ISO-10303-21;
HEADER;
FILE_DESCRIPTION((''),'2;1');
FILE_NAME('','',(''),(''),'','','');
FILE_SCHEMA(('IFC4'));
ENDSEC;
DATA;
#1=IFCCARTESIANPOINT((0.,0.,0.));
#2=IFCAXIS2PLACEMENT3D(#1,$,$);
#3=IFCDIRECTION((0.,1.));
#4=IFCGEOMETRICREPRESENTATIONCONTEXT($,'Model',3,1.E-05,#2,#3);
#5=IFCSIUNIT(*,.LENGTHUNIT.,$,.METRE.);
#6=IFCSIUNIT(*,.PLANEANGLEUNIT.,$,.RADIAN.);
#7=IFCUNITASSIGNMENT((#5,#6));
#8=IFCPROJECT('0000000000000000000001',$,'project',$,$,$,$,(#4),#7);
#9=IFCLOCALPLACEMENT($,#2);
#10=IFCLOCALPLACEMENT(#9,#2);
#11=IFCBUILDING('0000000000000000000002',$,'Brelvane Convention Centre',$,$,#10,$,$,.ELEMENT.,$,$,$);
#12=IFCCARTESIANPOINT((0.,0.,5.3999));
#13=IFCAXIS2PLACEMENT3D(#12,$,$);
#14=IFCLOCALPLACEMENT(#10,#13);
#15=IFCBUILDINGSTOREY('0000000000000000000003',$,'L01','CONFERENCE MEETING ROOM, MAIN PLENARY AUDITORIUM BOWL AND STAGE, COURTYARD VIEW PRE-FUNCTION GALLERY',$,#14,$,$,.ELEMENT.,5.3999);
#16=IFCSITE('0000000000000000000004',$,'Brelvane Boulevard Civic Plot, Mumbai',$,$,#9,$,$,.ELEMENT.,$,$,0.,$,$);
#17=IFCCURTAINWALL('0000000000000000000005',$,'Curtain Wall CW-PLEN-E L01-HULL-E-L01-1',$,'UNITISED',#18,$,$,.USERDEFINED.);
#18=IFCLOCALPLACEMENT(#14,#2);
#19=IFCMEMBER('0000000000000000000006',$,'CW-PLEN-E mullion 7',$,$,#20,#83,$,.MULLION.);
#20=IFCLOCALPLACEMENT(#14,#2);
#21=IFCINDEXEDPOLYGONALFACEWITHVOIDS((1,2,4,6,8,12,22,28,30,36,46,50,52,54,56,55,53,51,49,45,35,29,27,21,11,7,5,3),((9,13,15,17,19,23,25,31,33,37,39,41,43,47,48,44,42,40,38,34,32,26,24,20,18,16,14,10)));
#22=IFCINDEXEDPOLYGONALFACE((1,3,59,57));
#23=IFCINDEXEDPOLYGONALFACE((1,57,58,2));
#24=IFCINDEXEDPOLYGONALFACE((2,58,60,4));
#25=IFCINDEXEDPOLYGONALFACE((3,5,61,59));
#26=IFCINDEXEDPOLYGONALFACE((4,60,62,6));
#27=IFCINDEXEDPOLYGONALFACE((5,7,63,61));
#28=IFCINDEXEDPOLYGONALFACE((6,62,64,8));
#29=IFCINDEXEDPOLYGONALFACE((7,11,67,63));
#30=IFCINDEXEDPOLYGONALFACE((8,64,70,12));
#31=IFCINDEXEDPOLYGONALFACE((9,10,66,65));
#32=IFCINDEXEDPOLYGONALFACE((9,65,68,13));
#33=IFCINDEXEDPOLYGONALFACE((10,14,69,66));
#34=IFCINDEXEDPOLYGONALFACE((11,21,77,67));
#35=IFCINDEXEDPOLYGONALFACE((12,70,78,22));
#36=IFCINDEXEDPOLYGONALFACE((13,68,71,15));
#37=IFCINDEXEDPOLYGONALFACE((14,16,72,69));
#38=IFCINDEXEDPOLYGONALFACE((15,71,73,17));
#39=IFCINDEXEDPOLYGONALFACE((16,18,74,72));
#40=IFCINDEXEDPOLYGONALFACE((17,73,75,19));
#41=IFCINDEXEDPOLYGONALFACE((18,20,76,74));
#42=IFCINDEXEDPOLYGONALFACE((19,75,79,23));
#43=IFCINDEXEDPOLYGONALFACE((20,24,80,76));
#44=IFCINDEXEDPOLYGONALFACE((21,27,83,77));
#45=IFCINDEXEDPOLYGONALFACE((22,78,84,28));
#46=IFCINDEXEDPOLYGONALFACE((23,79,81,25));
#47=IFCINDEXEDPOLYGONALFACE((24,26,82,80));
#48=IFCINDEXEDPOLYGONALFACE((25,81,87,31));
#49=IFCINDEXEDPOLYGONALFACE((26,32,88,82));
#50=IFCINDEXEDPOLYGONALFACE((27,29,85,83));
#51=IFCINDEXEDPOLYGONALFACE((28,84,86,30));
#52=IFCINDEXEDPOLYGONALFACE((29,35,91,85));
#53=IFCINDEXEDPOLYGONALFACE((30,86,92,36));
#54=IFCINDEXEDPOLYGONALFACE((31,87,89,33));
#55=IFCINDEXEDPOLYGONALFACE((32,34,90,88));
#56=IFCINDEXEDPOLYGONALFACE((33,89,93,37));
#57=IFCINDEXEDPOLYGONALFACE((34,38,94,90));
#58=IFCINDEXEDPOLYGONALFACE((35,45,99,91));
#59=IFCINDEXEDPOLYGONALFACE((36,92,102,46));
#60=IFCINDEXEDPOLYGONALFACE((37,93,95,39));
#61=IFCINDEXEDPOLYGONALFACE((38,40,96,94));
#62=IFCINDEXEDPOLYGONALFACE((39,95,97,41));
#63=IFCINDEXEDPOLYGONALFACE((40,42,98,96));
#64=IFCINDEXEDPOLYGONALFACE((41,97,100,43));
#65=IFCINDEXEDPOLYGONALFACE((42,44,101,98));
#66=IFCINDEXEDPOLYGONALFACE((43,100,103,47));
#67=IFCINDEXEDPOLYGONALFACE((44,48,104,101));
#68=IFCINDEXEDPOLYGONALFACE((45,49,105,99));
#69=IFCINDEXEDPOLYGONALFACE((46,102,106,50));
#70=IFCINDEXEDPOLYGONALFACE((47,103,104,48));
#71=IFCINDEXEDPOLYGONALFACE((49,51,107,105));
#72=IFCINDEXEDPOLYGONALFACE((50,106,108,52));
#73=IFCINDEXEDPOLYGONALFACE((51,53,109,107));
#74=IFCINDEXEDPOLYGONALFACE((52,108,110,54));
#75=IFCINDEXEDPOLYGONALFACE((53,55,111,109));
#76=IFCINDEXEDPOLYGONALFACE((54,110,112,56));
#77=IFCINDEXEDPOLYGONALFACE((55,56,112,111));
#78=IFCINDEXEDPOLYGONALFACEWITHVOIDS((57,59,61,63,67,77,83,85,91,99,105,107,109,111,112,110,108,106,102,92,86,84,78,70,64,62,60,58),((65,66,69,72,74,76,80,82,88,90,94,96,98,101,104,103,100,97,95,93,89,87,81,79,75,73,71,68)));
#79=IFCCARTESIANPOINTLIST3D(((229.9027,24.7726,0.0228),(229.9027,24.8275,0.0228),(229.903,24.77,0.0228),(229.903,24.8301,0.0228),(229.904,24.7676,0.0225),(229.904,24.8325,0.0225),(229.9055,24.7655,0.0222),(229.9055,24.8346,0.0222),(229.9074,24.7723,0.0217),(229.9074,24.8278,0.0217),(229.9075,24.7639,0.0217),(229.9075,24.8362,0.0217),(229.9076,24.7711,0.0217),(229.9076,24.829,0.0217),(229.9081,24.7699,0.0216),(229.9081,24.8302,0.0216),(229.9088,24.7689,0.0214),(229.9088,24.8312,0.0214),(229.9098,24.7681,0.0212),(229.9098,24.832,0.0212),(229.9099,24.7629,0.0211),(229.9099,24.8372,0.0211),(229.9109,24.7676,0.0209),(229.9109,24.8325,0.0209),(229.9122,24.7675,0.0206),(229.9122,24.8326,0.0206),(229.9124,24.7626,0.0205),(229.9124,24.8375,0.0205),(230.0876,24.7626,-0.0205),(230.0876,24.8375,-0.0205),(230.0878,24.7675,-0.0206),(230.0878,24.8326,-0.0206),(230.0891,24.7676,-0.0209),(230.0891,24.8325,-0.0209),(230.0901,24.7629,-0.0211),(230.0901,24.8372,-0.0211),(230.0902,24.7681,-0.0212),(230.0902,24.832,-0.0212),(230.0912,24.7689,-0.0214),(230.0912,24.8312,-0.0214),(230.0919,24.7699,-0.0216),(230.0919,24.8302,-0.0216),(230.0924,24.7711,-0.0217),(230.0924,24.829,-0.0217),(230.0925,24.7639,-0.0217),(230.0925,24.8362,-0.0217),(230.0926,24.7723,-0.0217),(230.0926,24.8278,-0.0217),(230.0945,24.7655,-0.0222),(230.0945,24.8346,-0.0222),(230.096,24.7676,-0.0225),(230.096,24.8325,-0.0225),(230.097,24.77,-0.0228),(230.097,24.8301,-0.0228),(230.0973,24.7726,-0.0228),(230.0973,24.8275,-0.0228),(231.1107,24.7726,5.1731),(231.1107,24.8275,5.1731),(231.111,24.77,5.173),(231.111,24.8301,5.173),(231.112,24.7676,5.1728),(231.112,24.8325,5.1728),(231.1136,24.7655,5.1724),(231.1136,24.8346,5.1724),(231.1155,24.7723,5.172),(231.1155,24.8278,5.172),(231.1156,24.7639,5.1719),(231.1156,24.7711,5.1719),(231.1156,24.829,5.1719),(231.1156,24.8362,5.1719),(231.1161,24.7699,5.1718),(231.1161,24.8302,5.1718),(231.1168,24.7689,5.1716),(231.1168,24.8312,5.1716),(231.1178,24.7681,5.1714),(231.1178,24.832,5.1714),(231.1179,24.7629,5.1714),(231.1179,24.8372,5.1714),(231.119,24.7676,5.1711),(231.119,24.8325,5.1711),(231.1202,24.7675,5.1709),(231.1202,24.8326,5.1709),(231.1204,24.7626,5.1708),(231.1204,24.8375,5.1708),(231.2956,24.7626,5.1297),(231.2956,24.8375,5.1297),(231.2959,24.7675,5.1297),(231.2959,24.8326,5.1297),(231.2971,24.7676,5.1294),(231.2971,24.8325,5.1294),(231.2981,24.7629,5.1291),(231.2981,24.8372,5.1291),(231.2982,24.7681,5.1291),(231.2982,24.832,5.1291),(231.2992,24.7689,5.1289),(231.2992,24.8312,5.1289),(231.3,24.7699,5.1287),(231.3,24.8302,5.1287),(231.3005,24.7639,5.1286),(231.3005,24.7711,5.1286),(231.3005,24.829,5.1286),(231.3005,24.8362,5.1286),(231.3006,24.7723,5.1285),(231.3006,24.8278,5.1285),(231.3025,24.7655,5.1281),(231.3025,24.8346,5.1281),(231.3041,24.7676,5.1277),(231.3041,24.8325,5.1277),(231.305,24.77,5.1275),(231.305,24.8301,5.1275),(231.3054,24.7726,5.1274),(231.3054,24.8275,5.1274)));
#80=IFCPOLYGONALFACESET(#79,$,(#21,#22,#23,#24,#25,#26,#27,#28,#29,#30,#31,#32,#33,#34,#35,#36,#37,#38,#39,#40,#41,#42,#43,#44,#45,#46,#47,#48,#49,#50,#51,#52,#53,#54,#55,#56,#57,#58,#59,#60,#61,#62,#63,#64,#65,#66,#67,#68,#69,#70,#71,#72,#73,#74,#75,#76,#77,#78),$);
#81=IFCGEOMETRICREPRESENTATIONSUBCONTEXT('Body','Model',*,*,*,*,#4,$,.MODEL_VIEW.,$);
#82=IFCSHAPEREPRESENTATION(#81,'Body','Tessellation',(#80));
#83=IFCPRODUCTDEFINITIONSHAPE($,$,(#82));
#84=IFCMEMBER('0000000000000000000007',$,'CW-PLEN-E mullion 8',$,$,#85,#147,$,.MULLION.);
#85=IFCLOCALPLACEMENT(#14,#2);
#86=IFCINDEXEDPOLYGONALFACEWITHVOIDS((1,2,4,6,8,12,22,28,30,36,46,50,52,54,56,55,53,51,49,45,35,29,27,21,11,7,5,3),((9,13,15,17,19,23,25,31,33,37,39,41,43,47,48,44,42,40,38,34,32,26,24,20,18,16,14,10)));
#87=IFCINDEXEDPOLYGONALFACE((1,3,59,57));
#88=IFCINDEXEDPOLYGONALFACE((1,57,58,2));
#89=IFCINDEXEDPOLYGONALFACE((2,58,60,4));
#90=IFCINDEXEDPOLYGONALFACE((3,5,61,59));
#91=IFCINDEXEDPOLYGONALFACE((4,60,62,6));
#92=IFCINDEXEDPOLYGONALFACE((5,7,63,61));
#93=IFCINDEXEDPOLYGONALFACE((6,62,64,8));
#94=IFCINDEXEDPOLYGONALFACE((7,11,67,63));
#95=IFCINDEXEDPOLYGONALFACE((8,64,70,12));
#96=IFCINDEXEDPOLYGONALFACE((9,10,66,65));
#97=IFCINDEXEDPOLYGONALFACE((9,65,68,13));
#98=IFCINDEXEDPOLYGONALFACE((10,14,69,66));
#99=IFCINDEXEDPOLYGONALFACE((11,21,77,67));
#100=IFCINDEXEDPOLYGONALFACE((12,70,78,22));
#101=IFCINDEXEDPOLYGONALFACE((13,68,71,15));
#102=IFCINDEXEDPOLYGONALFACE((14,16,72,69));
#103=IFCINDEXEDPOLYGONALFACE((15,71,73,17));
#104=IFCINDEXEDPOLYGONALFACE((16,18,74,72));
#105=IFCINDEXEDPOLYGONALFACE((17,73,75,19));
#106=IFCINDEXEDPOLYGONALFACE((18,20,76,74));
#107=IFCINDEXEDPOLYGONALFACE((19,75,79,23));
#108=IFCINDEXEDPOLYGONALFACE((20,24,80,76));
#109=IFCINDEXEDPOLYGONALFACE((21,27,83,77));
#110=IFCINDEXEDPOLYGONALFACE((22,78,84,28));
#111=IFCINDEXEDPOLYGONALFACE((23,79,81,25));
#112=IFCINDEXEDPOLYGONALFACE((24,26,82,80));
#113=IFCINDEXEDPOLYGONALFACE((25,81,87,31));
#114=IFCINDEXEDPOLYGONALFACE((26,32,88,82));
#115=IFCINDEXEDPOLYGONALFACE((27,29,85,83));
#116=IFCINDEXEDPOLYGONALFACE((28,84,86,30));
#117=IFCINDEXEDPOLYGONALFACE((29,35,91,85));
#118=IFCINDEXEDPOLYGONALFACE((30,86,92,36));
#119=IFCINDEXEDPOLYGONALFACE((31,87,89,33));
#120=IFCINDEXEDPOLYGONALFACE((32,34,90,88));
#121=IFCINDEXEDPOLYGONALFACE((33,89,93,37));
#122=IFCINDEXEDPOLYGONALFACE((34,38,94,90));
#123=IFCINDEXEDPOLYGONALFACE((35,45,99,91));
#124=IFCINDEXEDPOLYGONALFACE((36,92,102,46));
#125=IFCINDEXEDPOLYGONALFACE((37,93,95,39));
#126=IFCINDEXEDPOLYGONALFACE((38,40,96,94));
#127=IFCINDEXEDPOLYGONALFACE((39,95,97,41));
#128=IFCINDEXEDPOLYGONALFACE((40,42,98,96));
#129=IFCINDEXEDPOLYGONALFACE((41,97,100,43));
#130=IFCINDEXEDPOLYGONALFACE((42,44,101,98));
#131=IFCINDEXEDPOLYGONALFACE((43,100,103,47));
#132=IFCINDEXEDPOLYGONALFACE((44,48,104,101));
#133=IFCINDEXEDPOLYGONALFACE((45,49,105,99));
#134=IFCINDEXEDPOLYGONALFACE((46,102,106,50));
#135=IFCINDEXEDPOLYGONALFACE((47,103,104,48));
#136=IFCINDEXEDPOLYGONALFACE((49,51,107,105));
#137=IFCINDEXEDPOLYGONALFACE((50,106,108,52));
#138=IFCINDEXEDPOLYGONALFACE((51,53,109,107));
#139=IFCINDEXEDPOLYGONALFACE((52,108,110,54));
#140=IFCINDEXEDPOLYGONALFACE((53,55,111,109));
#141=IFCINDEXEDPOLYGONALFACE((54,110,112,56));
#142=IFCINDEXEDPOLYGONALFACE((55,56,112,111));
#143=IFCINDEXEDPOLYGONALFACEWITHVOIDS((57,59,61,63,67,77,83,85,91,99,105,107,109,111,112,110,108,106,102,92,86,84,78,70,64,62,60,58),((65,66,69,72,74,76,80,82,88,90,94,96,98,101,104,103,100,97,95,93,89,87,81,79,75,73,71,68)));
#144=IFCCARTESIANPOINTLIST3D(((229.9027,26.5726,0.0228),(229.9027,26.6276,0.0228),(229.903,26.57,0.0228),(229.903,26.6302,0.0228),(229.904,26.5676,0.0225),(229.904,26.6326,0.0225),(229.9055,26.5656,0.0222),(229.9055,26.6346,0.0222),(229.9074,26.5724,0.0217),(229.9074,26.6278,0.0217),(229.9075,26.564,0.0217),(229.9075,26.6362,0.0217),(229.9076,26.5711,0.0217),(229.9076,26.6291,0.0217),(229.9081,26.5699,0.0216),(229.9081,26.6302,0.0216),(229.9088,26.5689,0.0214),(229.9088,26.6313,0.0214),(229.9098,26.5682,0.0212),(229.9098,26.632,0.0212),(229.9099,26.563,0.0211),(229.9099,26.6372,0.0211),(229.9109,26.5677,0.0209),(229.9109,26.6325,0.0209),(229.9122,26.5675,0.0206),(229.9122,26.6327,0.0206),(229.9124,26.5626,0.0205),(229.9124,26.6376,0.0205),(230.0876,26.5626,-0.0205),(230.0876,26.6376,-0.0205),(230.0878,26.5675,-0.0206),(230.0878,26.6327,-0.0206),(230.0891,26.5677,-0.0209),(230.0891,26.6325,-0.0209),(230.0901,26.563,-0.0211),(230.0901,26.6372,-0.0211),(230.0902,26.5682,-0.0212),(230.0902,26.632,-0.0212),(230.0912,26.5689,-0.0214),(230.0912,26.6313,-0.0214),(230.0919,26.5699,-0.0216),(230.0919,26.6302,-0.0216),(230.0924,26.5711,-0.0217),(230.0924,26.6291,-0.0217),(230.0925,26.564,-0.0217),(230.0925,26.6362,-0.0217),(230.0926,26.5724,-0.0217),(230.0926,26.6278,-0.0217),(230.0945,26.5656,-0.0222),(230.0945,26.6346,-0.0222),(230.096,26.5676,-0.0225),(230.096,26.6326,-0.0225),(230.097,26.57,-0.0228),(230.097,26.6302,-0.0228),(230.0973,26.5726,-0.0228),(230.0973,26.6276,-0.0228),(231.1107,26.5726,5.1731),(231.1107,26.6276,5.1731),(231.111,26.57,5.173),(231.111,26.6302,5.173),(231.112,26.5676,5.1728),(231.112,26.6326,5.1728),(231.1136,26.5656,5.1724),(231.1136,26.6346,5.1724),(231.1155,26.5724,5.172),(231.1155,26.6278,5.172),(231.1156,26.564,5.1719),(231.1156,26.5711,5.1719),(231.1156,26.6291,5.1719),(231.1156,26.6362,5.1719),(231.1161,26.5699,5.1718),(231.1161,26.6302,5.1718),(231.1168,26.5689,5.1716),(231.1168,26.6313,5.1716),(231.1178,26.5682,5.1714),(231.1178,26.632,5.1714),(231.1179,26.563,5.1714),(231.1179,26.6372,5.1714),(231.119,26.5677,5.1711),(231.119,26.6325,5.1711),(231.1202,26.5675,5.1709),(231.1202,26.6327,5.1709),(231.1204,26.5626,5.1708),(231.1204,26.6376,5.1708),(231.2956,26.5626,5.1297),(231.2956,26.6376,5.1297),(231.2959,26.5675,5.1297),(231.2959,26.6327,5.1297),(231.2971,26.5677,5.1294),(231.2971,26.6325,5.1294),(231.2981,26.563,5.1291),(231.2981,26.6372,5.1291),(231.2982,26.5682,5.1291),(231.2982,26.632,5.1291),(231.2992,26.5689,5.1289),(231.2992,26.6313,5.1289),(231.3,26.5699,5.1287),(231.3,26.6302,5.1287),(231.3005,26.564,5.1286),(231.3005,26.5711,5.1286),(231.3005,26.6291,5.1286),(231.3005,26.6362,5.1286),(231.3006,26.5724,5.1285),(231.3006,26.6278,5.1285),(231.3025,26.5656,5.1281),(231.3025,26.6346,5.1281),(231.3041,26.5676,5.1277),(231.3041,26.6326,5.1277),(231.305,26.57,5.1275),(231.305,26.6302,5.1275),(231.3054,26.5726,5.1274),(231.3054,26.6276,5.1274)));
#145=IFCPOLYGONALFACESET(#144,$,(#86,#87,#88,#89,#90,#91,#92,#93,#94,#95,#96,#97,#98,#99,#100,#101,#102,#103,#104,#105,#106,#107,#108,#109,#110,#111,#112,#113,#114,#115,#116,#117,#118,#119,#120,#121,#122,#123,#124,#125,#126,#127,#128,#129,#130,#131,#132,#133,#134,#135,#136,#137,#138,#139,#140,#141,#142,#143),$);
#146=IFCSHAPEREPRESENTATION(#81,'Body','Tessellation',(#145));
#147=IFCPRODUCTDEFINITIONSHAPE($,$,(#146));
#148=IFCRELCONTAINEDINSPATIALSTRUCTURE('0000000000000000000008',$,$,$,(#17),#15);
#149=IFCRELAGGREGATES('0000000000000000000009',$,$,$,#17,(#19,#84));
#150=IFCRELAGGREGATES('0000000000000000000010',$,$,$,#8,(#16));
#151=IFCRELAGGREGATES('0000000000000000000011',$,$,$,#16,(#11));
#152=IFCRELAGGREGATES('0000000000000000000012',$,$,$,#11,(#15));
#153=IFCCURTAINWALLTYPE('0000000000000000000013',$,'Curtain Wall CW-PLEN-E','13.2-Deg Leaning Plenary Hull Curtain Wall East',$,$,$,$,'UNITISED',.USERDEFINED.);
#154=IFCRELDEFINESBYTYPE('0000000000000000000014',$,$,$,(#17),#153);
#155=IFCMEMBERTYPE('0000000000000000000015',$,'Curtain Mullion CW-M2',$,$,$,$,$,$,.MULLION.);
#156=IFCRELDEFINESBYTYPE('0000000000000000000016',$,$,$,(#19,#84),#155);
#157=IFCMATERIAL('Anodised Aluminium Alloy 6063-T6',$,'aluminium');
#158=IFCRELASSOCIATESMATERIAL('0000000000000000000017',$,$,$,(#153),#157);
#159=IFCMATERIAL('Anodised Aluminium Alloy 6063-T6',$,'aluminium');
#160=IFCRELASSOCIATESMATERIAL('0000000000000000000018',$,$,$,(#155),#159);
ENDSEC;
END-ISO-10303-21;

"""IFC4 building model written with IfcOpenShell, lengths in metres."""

from ifc_helpers import new_model, si_unit, direction, frame, origin, origin_2d, place, context, subcontext, project, spatial, hollow_rectangle, extrude, material, material_profile, profile_set, type_object, element, aggregate, save


model = new_model("IFC4")

# Units and contexts
model_context = context("Model", 3, precision=1e-05, world=origin(), true_north=direction((0.0, 1.0)))
body_context = subcontext(model_context, "Body", "Model", "MODEL_VIEW")
ifc_project = project(units=[si_unit("LENGTHUNIT", "METRE"), si_unit("PLANEANGLEUNIT", "RADIAN")], contexts=[model_context])

# Site, building, storey
site_placement = place(None, origin())
site = spatial("IfcSite", under=ifc_project, at=site_placement, Name="Brelvane Boulevard Civic Plot, Mumbai", CompositionType="ELEMENT", RefElevation=0.0)
building_placement = place(site_placement, origin())
building = spatial("IfcBuilding", under=site, at=building_placement, Name="Brelvane Convention Centre", CompositionType="ELEMENT")
storey_placement = place(building_placement, frame((0.0, 0.0, 5.3999)))
storey = spatial("IfcBuildingStorey", under=building, at=storey_placement, Name="L01", Description="CONFERENCE MEETING ROOM, MAIN PLENARY AUDITORIUM BOWL AND STAGE, COURTYARD VIEW PRE-FUNCTION GALLERY", CompositionType="ELEMENT", Elevation=5.3999)

# Curtain wall, members
ifc_material_1 = material(Name="Anodised Aluminium Alloy 6063-T6", Category="aluminium")
curtain_wall_type = type_object("IfcCurtainWallType", Name="Curtain Wall CW-PLEN-E", Description="13.2-Deg Leaning Plenary Hull Curtain Wall East", ElementType="UNITISED", PredefinedType="USERDEFINED", material=ifc_material_1)
curtain_wall_placement = place(storey_placement, origin())
curtain_wall = element("IfcCurtainWall", 1, at=curtain_wall_placement, inside=storey, type_object=curtain_wall_type, Name="Curtain Wall CW-PLEN-E L01-HULL-E-L01-1", ObjectType="UNITISED", PredefinedType="USERDEFINED")
ifc_material_2 = material(Name="Anodised Aluminium Alloy 6063-T6", Category="aluminium")
ifc_material_profile_1 = material_profile(ifc_material_2, hollow_rectangle(XDim=0.075, YDim=0.2, WallThickness=0.0049, InnerFilletRadius=0.0049, OuterFilletRadius=0.01, at=origin_2d()), Name="ALU-M 200x75x5.0")
ifc_profile_set_1 = profile_set([ifc_material_profile_1], Name="Anodised Aluminium Alloy 6063-T6")
member_type_1 = type_object("IfcMemberType", Name="Curtain Mullion CW-M2", PredefinedType="MULLION", material=ifc_profile_set_1)
member_1_placement = place(storey_placement, frame((230.0, 24.8, 0.0), z_axis=(0.22836, 0.0, 0.973577), x_axis=(0.0, 1.0, 0.0)))
member_1 = element("IfcMember", 2, at=member_1_placement, type_object=member_type_1, Name="CW-PLEN-E mullion 7", PredefinedType="MULLION", context=body_context, shape_type="SweptSolid", body=[
    extrude(hollow_rectangle(XDim=0.075, YDim=0.2, WallThickness=0.0049, InnerFilletRadius=0.0049, OuterFilletRadius=0.01, at=origin_2d()), origin(), (0.0, 0.0, 1.0), 5.29),
])
member_2_placement = place(storey_placement, frame((230.0, 26.6001, 0.0), z_axis=(0.22836, 0.0, 0.973577), x_axis=(0.0, 1.0, 0.0)))
member_2 = element("IfcMember", 3, at=member_2_placement, type_object=member_type_1, Name="CW-PLEN-E mullion 8", PredefinedType="MULLION", context=body_context, shape_type="SweptSolid", body=[
    extrude(hollow_rectangle(XDim=0.075, YDim=0.2, WallThickness=0.0049, InnerFilletRadius=0.0049, OuterFilletRadius=0.01, at=origin_2d()), origin(), (0.0, 0.0, 1.0), 5.29),
])
aggregate(curtain_wall, [member_1, member_2])

save(model, "model.ifc")
